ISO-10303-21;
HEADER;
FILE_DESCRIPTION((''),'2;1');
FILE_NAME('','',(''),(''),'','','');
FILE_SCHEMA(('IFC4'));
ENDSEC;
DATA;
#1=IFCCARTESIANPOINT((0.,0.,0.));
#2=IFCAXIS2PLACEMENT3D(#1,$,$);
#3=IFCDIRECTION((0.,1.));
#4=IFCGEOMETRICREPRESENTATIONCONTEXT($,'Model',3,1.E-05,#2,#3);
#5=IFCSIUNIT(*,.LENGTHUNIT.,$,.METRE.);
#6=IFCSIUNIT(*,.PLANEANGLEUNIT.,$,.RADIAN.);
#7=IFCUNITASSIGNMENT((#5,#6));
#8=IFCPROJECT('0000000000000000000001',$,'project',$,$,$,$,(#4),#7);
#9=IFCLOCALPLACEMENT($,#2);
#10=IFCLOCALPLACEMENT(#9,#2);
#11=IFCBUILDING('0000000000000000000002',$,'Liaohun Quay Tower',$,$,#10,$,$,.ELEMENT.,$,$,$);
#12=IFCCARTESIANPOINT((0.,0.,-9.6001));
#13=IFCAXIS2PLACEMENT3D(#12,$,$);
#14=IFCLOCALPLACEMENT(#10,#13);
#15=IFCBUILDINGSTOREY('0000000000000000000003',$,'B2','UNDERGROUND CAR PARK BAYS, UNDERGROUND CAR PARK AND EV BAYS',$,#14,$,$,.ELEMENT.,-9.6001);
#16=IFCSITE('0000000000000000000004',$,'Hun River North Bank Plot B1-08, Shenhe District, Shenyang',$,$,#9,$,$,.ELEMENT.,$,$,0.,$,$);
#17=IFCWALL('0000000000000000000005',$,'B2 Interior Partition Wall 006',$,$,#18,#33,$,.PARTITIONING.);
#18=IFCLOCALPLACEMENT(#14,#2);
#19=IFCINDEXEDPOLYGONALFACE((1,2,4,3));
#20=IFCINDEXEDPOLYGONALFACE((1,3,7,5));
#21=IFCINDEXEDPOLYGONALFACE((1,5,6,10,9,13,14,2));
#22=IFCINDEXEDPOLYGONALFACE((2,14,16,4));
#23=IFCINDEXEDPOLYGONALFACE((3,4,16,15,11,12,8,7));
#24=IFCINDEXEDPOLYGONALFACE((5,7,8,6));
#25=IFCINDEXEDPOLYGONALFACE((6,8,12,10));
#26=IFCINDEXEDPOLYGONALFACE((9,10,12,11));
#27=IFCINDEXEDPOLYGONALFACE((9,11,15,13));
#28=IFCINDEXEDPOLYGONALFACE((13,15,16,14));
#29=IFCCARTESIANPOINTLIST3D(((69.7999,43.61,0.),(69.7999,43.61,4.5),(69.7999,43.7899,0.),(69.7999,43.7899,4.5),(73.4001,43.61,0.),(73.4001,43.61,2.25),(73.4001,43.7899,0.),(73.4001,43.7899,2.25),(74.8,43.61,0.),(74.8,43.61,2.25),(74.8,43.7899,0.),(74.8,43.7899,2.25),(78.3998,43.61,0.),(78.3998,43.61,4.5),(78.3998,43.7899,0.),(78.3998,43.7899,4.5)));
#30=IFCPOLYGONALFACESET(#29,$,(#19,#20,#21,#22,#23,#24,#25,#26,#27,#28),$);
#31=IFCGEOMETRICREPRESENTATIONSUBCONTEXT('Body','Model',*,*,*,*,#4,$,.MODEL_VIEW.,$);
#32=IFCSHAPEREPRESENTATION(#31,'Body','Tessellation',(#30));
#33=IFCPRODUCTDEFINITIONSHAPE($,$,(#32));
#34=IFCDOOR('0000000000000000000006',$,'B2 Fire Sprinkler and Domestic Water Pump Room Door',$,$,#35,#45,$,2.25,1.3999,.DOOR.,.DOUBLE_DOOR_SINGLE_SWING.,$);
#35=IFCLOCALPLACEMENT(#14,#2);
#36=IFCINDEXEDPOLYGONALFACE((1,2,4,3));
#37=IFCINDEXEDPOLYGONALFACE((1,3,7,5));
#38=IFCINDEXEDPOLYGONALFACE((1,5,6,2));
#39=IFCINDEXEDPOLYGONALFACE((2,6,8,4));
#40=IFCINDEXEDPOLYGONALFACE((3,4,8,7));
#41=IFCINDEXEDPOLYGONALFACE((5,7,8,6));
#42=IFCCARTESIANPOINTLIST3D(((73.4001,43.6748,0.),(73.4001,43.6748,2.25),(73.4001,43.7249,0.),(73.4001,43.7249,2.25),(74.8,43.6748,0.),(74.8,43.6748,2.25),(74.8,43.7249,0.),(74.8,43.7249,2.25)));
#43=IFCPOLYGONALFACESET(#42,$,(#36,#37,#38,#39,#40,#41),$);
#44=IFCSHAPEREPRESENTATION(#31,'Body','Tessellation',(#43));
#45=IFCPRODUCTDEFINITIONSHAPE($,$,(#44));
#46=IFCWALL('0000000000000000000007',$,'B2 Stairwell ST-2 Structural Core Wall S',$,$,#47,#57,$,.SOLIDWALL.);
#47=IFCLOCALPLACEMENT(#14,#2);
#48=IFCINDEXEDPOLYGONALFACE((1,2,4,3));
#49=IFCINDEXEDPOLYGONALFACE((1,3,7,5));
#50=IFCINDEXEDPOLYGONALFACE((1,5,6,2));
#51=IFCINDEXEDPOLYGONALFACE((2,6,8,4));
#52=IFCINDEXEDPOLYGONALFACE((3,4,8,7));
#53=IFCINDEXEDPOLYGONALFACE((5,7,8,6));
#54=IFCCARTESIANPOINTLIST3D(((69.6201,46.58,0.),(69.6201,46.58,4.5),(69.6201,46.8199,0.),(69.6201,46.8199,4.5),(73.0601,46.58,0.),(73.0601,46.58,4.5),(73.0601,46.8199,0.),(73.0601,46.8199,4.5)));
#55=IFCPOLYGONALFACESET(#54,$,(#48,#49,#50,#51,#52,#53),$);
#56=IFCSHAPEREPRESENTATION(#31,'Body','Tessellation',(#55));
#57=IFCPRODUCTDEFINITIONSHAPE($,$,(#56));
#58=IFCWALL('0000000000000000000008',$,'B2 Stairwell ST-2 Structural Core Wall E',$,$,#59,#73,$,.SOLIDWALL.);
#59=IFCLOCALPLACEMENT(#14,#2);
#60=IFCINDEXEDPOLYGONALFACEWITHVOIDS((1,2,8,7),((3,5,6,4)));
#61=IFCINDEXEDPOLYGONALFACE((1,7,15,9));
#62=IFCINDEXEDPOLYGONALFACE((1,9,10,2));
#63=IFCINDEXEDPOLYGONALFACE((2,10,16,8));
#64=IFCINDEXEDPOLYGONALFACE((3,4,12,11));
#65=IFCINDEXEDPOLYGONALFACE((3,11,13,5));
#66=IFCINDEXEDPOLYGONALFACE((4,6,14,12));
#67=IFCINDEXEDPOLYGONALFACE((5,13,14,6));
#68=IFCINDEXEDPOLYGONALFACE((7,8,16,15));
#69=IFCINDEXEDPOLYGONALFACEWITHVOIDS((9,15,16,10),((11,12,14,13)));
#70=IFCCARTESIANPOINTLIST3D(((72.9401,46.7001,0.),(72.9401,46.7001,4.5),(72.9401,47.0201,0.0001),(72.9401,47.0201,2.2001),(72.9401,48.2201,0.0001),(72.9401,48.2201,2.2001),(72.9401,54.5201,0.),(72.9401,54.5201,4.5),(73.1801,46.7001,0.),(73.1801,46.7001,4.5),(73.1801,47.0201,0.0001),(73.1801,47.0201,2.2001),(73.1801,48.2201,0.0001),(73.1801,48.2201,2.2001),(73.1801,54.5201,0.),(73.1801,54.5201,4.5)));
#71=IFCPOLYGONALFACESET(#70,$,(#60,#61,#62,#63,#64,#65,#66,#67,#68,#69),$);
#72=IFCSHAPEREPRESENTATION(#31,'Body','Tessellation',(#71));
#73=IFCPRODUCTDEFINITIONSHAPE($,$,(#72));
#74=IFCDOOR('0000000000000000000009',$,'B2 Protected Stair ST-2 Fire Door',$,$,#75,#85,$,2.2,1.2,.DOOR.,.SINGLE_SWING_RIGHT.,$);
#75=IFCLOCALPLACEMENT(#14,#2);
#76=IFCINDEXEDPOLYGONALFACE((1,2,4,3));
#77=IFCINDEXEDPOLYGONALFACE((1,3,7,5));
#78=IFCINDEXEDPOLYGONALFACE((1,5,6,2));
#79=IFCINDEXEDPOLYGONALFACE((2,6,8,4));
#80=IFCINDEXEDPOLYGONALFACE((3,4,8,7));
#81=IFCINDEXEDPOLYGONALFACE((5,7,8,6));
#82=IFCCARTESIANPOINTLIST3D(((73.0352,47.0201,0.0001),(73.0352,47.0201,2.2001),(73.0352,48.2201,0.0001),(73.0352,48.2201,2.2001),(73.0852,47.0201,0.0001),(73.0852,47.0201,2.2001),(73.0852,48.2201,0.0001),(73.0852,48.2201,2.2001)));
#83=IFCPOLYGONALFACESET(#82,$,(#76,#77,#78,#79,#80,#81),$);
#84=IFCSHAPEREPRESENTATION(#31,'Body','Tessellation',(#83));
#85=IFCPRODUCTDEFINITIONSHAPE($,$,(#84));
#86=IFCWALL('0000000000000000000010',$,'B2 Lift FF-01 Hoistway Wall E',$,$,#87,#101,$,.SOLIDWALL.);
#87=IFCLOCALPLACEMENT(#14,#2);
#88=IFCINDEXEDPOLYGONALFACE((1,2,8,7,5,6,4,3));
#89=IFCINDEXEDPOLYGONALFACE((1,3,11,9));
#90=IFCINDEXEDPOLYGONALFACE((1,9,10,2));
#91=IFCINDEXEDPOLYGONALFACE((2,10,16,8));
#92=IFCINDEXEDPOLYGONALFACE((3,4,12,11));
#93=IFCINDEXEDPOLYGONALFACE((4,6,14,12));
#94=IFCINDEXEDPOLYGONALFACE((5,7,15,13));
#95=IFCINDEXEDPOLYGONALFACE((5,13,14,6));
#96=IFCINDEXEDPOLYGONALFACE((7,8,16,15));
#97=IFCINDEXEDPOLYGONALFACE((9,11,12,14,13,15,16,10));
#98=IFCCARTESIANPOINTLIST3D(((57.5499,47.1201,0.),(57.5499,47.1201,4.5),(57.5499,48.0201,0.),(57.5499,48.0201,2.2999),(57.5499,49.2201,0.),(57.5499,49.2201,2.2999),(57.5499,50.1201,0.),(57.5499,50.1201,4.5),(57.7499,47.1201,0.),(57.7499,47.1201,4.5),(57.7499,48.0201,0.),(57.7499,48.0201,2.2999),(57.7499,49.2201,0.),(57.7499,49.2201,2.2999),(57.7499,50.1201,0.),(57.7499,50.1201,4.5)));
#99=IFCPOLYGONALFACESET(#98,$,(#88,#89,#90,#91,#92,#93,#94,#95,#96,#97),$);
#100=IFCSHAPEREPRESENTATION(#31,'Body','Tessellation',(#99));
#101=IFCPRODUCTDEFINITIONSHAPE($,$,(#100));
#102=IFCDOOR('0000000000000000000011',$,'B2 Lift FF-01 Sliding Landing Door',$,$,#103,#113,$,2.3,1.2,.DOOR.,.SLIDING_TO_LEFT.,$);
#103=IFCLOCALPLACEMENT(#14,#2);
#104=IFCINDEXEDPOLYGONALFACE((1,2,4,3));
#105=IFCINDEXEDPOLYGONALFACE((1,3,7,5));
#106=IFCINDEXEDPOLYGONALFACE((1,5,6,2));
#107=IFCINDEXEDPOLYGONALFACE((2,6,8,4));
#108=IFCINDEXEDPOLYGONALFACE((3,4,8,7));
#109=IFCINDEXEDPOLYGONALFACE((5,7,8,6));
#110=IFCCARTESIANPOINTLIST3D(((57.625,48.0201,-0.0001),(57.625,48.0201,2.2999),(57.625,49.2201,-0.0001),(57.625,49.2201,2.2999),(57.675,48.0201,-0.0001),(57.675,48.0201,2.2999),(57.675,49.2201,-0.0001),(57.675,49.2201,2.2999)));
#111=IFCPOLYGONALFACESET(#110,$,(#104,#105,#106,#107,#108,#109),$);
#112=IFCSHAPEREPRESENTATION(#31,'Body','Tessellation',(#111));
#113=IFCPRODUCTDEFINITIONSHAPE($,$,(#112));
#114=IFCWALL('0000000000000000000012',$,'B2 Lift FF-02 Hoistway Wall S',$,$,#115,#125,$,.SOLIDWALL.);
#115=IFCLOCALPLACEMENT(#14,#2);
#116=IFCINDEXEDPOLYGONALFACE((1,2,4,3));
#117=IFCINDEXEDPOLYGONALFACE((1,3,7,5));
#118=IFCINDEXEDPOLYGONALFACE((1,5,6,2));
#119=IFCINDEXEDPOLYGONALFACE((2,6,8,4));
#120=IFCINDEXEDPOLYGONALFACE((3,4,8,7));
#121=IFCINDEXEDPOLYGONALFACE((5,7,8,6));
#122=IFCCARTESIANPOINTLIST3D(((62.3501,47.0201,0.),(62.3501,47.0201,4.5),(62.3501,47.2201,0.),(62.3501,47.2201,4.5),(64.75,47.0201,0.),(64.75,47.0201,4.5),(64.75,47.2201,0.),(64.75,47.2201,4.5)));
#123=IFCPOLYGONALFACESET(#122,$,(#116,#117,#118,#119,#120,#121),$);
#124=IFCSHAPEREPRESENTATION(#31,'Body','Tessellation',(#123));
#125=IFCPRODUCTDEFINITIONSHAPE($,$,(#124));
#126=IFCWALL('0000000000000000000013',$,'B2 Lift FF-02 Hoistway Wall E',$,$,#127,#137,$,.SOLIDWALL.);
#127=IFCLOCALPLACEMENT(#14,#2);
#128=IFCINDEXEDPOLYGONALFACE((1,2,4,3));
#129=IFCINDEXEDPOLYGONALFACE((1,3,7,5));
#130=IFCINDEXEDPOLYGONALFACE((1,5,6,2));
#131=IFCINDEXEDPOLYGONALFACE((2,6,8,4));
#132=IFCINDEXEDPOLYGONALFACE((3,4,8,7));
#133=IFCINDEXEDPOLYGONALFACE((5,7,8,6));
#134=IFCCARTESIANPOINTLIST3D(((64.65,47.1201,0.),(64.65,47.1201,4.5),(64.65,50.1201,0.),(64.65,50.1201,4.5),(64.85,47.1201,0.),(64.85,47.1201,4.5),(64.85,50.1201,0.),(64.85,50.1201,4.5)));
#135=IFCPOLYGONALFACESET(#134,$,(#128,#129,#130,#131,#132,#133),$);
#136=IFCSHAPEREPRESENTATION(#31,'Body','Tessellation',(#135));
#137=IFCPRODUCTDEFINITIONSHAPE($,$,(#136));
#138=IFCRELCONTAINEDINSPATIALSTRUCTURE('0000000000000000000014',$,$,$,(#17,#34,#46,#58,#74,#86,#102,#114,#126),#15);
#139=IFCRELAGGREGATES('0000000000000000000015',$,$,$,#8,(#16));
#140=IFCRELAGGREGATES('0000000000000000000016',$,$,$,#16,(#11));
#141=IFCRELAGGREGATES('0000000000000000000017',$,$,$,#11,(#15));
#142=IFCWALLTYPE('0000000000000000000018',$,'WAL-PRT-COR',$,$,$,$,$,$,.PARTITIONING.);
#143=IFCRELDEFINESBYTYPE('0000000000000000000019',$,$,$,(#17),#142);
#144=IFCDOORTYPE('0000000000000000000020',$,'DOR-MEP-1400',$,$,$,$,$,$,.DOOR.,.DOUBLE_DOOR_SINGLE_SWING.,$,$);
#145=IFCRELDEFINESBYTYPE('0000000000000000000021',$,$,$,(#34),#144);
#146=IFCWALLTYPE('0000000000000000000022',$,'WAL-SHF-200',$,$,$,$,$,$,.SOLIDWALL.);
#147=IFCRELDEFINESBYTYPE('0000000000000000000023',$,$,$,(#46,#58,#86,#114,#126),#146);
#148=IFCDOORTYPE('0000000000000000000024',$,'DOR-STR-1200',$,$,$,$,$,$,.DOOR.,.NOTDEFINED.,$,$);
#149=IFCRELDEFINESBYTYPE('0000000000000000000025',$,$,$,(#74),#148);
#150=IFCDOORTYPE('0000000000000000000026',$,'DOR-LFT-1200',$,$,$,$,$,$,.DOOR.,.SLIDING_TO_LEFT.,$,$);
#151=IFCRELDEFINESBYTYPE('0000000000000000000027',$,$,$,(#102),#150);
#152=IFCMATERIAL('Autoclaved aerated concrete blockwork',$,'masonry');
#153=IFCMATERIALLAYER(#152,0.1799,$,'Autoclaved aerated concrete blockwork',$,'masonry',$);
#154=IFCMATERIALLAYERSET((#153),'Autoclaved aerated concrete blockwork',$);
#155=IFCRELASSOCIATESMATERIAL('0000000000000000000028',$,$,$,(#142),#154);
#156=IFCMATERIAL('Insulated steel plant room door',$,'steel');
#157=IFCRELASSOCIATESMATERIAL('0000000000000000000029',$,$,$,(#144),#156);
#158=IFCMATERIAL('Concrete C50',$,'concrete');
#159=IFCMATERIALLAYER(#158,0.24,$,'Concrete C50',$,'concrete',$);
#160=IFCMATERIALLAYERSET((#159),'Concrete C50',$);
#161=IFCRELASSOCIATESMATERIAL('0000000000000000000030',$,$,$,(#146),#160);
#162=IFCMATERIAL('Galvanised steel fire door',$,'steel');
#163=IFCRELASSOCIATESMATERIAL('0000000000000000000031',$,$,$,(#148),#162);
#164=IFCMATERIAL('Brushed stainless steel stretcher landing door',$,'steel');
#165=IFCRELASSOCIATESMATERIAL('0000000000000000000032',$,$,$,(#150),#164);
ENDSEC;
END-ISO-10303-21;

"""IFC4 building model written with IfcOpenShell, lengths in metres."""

from ifc_helpers import new_model, si_unit, direction, frame, frame_2d, origin, place, context, subcontext, project, spatial, rectangle, extrude, source, transform, mapped, material, layer, layer_set, type_object, element, fill, save


model = new_model("IFC4")

# Units and contexts
model_context = context("Model", 3, precision=1e-05, world=origin(), true_north=direction((0.0, 1.0)))
body_context = subcontext(model_context, "Body", "Model", "MODEL_VIEW")
ifc_project = project(units=[si_unit("LENGTHUNIT", "METRE"), si_unit("PLANEANGLEUNIT", "RADIAN")], contexts=[model_context])

# Site, building, storey
site_placement = place(None, origin())
site = spatial("IfcSite", under=ifc_project, at=site_placement, Name="Hun River North Bank Plot B1-08, Shenhe District, Shenyang", CompositionType="ELEMENT", RefElevation=0.0)
building_placement = place(site_placement, origin())
building = spatial("IfcBuilding", under=site, at=building_placement, Name="Liaohun Quay Tower", CompositionType="ELEMENT")
storey_placement = place(building_placement, frame((0.0, 0.0, -9.6001)))
storey = spatial("IfcBuildingStorey", under=building, at=storey_placement, Name="B2", Description="UNDERGROUND CAR PARK BAYS, UNDERGROUND CAR PARK AND EV BAYS", CompositionType="ELEMENT", Elevation=-9.6001)

# Shared definitions
ifc_material_1 = material(Name="Concrete C50", Category="concrete")

# Wall, opening, door
ifc_material_2 = material(Name="Autoclaved aerated concrete blockwork", Category="masonry")
ifc_layer_1 = layer(ifc_material_2, 0.1799, Name="Autoclaved aerated concrete blockwork", Category="masonry")
ifc_layer_set_1 = layer_set([ifc_layer_1], Name="Autoclaved aerated concrete blockwork")
wall_type_1 = type_object("IfcWallType", Name="WAL-PRT-COR", PredefinedType="PARTITIONING", material=ifc_layer_set_1)
wall_1_placement = place(storey_placement, frame((69.8, 43.7, 0.0), z_axis=(0.0, 0.0, 1.0), x_axis=(1.0, 0.0, 0.0)))
wall_1 = element("IfcWall", 1, at=wall_1_placement, inside=storey, type_object=wall_type_1, Name="B2 Interior Partition Wall 006", PredefinedType="PARTITIONING", context=body_context, shape_type="SweptSolid", body=[
    extrude(rectangle(XDim=8.5999, YDim=0.1799, at=frame_2d((4.2998, 0.0))), origin(), (0.0, 0.0, 1.0), 4.5),
])
shared_shape_1 = source(origin(), body_context, "Body", "SweptSolid", [
    extrude(rectangle(XDim=1.3999, YDim=2.25, at=frame_2d((0.7, 1.125))), frame((0.0, 0.0999, 0.0), z_axis=(0.0, -1.0, 0.0), x_axis=(1.0, 0.0, 0.0)), (0.0, 0.0, 1.0), 0.2),
])
opening_1_placement = place(wall_1_placement, frame((3.6001, 0.0, 0.0)))
opening_1 = element("IfcOpeningElement", 2, at=opening_1_placement, cuts=wall_1, PredefinedType="OPENING", context=body_context, shape_type="MappedRepresentation", body=[
    mapped(shared_shape_1, transform((0.0, 0.0, 0.0), x_axis=(1.0, 0.0, 0.0), y_axis=(0.0, 1.0, 0.0), z_axis=(0.0, 0.0, 1.0), scale=1.0)),
])
ifc_material_3 = material(Name="Insulated steel plant room door", Category="steel")
door_type_1 = type_object("IfcDoorType", Name="DOR-MEP-1400", OperationType="DOUBLE_DOOR_SINGLE_SWING", PredefinedType="DOOR", material=ifc_material_3)
shared_shape_2 = source(origin(), body_context, "Body", "SweptSolid", [
    extrude(rectangle(XDim=1.3999, YDim=2.25, at=frame_2d((0.7, 1.125))), frame((0.0, 0.0249, 0.0), z_axis=(0.0, -1.0, 0.0), x_axis=(1.0, 0.0, 0.0)), (0.0, 0.0, 1.0), 0.05),
])
door_1_placement = place(opening_1_placement, origin())
door_1 = element("IfcDoor", 3, at=door_1_placement, inside=storey, type_object=door_type_1, Name="B2 Fire Sprinkler and Domestic Water Pump Room Door", OperationType="DOUBLE_DOOR_SINGLE_SWING", OverallHeight=2.25, OverallWidth=1.3999, PredefinedType="DOOR", context=body_context, shape_type="MappedRepresentation", body=[
    mapped(shared_shape_2, transform((0.0, 0.0, 0.0), x_axis=(1.0, 0.0, 0.0), y_axis=(0.0, 1.0, 0.0), z_axis=(0.0, 0.0, 1.0), scale=1.0)),
])
fill(opening_1, door_1)

# Wall
ifc_layer_2 = layer(ifc_material_1, 0.24, Name="Concrete C50", Category="concrete")
ifc_layer_set_2 = layer_set([ifc_layer_2], Name="Concrete C50")
wall_type_2 = type_object("IfcWallType", Name="WAL-SHF-200", PredefinedType="SOLIDWALL", material=ifc_layer_set_2)
wall_2_placement = place(storey_placement, frame((69.6201, 46.7, 0.0), z_axis=(0.0, 0.0, 1.0), x_axis=(1.0, 0.0, 0.0)))
element("IfcWall", 4, at=wall_2_placement, inside=storey, type_object=wall_type_2, Name="B2 Stairwell ST-2 Structural Core Wall S", PredefinedType="SOLIDWALL", context=body_context, shape_type="SweptSolid", body=[
    extrude(rectangle(XDim=3.4399, YDim=0.24, at=frame_2d((1.72, 0.0))), origin(), (0.0, 0.0, 1.0), 4.5),
])

# Walls, openings, doors
wall_3_placement = place(storey_placement, frame((73.0601, 46.7, 0.0), z_axis=(0.0, 0.0, 1.0), x_axis=(0.0, 1.0, 0.0)))
wall_3 = element("IfcWall", 5, at=wall_3_placement, inside=storey, type_object=wall_type_2, Name="B2 Stairwell ST-2 Structural Core Wall E", PredefinedType="SOLIDWALL", context=body_context, shape_type="SweptSolid", body=[
    extrude(rectangle(XDim=7.8201, YDim=0.24, at=frame_2d((3.9102, 0.0))), origin(), (0.0, 0.0, 1.0), 4.5),
])
shared_shape_3 = source(origin(), body_context, "Body", "SweptSolid", [
    extrude(rectangle(XDim=1.2, YDim=2.2, at=frame_2d((0.6001, 1.1001))), frame((0.0, 0.1299, 0.0), z_axis=(0.0, -1.0, 0.0), x_axis=(1.0, 0.0, 0.0)), (0.0, 0.0, 1.0), 0.26),
])
opening_2_placement = place(wall_3_placement, frame((0.3201, 0.0, 0.0)))
opening_2 = element("IfcOpeningElement", 6, at=opening_2_placement, cuts=wall_3, PredefinedType="OPENING", context=body_context, shape_type="MappedRepresentation", body=[
    mapped(shared_shape_3, transform((0.0, 0.0, 0.0), x_axis=(1.0, 0.0, 0.0), y_axis=(0.0, 1.0, 0.0), z_axis=(0.0, 0.0, 1.0), scale=1.0)),
])
ifc_material_4 = material(Name="Galvanised steel fire door", Category="steel")
door_type_2 = type_object("IfcDoorType", Name="DOR-STR-1200", OperationType="NOTDEFINED", PredefinedType="DOOR", material=ifc_material_4)
shared_shape_4 = source(origin(), body_context, "Body", "SweptSolid", [
    extrude(rectangle(XDim=1.2, YDim=2.2, at=frame_2d((0.6001, 1.1001))), frame((0.0, 0.0249, 0.0), z_axis=(0.0, -1.0, 0.0), x_axis=(1.0, 0.0, 0.0)), (0.0, 0.0, 1.0), 0.05),
])
door_2_placement = place(opening_2_placement, origin())
door_2 = element("IfcDoor", 7, at=door_2_placement, inside=storey, type_object=door_type_2, Name="B2 Protected Stair ST-2 Fire Door", OperationType="SINGLE_SWING_RIGHT", OverallHeight=2.2, OverallWidth=1.2, PredefinedType="DOOR", context=body_context, shape_type="MappedRepresentation", body=[
    mapped(shared_shape_4, transform((0.0, 0.0, 0.0), x_axis=(1.0, 0.0, 0.0), y_axis=(0.0, 1.0, 0.0), z_axis=(0.0, 0.0, 1.0), scale=1.0)),
])
fill(opening_2, door_2)
wall_4_placement = place(storey_placement, frame((57.6499, 47.1201, 0.0), z_axis=(0.0, 0.0, 1.0), x_axis=(0.0, 1.0, 0.0)))
wall_4 = element("IfcWall", 8, at=wall_4_placement, inside=storey, type_object=wall_type_2, Name="B2 Lift FF-01 Hoistway Wall E", PredefinedType="SOLIDWALL", context=body_context, shape_type="SweptSolid", body=[
    extrude(rectangle(XDim=3.0, YDim=0.2, at=frame_2d((1.5, 0.0))), origin(), (0.0, 0.0, 1.0), 4.5),
])
shared_shape_5 = source(origin(), body_context, "Body", "SweptSolid", [
    extrude(rectangle(XDim=1.2, YDim=2.3, at=frame_2d((0.6001, 1.1499))), frame((0.0, 0.1099, 0.0), z_axis=(0.0, -1.0, 0.0), x_axis=(1.0, 0.0, 0.0)), (0.0, 0.0, 1.0), 0.22),
])
opening_3_placement = place(wall_4_placement, frame((0.8999, 0.0, 0.0)))
opening_3 = element("IfcOpeningElement", 9, at=opening_3_placement, cuts=wall_4, PredefinedType="OPENING", context=body_context, shape_type="MappedRepresentation", body=[
    mapped(shared_shape_5, transform((0.0, 0.0, 0.0), x_axis=(1.0, 0.0, 0.0), y_axis=(0.0, 1.0, 0.0), z_axis=(0.0, 0.0, 1.0), scale=1.0)),
])
ifc_material_5 = material(Name="Brushed stainless steel stretcher landing door", Category="steel")
door_type_3 = type_object("IfcDoorType", Name="DOR-LFT-1200", OperationType="SLIDING_TO_LEFT", PredefinedType="DOOR", material=ifc_material_5)
shared_shape_6 = source(origin(), body_context, "Body", "SweptSolid", [
    extrude(rectangle(XDim=1.2, YDim=2.3, at=frame_2d((0.6001, 1.1499))), frame((0.0, 0.0249, 0.0), z_axis=(0.0, -1.0, 0.0), x_axis=(1.0, 0.0, 0.0)), (0.0, 0.0, 1.0), 0.05),
])
door_3_placement = place(opening_3_placement, origin())
door_3 = element("IfcDoor", 10, at=door_3_placement, inside=storey, type_object=door_type_3, Name="B2 Lift FF-01 Sliding Landing Door", OperationType="SLIDING_TO_LEFT", OverallHeight=2.3, OverallWidth=1.2, PredefinedType="DOOR", context=body_context, shape_type="MappedRepresentation", body=[
    mapped(shared_shape_6, transform((0.0, 0.0, 0.0), x_axis=(1.0, 0.0, 0.0), y_axis=(0.0, 1.0, 0.0), z_axis=(0.0, 0.0, 1.0), scale=1.0)),
])
fill(opening_3, door_3)

# Walls
wall_5_placement = place(storey_placement, frame((62.3501, 47.1201, 0.0), z_axis=(0.0, 0.0, 1.0), x_axis=(1.0, 0.0, 0.0)))
element("IfcWall", 11, at=wall_5_placement, inside=storey, type_object=wall_type_2, Name="B2 Lift FF-02 Hoistway Wall S", PredefinedType="SOLIDWALL", context=body_context, shape_type="SweptSolid", body=[
    extrude(rectangle(XDim=2.3999, YDim=0.2, at=frame_2d((1.2, 0.0))), origin(), (0.0, 0.0, 1.0), 4.5),
])
wall_6_placement = place(storey_placement, frame((64.75, 47.1201, 0.0), z_axis=(0.0, 0.0, 1.0), x_axis=(0.0, 1.0, 0.0)))
element("IfcWall", 12, at=wall_6_placement, inside=storey, type_object=wall_type_2, Name="B2 Lift FF-02 Hoistway Wall E", PredefinedType="SOLIDWALL", context=body_context, shape_type="SweptSolid", body=[
    extrude(rectangle(XDim=3.0, YDim=0.2, at=frame_2d((1.5, 0.0))), origin(), (0.0, 0.0, 1.0), 4.5),
])

save(model, "model.ifc")
